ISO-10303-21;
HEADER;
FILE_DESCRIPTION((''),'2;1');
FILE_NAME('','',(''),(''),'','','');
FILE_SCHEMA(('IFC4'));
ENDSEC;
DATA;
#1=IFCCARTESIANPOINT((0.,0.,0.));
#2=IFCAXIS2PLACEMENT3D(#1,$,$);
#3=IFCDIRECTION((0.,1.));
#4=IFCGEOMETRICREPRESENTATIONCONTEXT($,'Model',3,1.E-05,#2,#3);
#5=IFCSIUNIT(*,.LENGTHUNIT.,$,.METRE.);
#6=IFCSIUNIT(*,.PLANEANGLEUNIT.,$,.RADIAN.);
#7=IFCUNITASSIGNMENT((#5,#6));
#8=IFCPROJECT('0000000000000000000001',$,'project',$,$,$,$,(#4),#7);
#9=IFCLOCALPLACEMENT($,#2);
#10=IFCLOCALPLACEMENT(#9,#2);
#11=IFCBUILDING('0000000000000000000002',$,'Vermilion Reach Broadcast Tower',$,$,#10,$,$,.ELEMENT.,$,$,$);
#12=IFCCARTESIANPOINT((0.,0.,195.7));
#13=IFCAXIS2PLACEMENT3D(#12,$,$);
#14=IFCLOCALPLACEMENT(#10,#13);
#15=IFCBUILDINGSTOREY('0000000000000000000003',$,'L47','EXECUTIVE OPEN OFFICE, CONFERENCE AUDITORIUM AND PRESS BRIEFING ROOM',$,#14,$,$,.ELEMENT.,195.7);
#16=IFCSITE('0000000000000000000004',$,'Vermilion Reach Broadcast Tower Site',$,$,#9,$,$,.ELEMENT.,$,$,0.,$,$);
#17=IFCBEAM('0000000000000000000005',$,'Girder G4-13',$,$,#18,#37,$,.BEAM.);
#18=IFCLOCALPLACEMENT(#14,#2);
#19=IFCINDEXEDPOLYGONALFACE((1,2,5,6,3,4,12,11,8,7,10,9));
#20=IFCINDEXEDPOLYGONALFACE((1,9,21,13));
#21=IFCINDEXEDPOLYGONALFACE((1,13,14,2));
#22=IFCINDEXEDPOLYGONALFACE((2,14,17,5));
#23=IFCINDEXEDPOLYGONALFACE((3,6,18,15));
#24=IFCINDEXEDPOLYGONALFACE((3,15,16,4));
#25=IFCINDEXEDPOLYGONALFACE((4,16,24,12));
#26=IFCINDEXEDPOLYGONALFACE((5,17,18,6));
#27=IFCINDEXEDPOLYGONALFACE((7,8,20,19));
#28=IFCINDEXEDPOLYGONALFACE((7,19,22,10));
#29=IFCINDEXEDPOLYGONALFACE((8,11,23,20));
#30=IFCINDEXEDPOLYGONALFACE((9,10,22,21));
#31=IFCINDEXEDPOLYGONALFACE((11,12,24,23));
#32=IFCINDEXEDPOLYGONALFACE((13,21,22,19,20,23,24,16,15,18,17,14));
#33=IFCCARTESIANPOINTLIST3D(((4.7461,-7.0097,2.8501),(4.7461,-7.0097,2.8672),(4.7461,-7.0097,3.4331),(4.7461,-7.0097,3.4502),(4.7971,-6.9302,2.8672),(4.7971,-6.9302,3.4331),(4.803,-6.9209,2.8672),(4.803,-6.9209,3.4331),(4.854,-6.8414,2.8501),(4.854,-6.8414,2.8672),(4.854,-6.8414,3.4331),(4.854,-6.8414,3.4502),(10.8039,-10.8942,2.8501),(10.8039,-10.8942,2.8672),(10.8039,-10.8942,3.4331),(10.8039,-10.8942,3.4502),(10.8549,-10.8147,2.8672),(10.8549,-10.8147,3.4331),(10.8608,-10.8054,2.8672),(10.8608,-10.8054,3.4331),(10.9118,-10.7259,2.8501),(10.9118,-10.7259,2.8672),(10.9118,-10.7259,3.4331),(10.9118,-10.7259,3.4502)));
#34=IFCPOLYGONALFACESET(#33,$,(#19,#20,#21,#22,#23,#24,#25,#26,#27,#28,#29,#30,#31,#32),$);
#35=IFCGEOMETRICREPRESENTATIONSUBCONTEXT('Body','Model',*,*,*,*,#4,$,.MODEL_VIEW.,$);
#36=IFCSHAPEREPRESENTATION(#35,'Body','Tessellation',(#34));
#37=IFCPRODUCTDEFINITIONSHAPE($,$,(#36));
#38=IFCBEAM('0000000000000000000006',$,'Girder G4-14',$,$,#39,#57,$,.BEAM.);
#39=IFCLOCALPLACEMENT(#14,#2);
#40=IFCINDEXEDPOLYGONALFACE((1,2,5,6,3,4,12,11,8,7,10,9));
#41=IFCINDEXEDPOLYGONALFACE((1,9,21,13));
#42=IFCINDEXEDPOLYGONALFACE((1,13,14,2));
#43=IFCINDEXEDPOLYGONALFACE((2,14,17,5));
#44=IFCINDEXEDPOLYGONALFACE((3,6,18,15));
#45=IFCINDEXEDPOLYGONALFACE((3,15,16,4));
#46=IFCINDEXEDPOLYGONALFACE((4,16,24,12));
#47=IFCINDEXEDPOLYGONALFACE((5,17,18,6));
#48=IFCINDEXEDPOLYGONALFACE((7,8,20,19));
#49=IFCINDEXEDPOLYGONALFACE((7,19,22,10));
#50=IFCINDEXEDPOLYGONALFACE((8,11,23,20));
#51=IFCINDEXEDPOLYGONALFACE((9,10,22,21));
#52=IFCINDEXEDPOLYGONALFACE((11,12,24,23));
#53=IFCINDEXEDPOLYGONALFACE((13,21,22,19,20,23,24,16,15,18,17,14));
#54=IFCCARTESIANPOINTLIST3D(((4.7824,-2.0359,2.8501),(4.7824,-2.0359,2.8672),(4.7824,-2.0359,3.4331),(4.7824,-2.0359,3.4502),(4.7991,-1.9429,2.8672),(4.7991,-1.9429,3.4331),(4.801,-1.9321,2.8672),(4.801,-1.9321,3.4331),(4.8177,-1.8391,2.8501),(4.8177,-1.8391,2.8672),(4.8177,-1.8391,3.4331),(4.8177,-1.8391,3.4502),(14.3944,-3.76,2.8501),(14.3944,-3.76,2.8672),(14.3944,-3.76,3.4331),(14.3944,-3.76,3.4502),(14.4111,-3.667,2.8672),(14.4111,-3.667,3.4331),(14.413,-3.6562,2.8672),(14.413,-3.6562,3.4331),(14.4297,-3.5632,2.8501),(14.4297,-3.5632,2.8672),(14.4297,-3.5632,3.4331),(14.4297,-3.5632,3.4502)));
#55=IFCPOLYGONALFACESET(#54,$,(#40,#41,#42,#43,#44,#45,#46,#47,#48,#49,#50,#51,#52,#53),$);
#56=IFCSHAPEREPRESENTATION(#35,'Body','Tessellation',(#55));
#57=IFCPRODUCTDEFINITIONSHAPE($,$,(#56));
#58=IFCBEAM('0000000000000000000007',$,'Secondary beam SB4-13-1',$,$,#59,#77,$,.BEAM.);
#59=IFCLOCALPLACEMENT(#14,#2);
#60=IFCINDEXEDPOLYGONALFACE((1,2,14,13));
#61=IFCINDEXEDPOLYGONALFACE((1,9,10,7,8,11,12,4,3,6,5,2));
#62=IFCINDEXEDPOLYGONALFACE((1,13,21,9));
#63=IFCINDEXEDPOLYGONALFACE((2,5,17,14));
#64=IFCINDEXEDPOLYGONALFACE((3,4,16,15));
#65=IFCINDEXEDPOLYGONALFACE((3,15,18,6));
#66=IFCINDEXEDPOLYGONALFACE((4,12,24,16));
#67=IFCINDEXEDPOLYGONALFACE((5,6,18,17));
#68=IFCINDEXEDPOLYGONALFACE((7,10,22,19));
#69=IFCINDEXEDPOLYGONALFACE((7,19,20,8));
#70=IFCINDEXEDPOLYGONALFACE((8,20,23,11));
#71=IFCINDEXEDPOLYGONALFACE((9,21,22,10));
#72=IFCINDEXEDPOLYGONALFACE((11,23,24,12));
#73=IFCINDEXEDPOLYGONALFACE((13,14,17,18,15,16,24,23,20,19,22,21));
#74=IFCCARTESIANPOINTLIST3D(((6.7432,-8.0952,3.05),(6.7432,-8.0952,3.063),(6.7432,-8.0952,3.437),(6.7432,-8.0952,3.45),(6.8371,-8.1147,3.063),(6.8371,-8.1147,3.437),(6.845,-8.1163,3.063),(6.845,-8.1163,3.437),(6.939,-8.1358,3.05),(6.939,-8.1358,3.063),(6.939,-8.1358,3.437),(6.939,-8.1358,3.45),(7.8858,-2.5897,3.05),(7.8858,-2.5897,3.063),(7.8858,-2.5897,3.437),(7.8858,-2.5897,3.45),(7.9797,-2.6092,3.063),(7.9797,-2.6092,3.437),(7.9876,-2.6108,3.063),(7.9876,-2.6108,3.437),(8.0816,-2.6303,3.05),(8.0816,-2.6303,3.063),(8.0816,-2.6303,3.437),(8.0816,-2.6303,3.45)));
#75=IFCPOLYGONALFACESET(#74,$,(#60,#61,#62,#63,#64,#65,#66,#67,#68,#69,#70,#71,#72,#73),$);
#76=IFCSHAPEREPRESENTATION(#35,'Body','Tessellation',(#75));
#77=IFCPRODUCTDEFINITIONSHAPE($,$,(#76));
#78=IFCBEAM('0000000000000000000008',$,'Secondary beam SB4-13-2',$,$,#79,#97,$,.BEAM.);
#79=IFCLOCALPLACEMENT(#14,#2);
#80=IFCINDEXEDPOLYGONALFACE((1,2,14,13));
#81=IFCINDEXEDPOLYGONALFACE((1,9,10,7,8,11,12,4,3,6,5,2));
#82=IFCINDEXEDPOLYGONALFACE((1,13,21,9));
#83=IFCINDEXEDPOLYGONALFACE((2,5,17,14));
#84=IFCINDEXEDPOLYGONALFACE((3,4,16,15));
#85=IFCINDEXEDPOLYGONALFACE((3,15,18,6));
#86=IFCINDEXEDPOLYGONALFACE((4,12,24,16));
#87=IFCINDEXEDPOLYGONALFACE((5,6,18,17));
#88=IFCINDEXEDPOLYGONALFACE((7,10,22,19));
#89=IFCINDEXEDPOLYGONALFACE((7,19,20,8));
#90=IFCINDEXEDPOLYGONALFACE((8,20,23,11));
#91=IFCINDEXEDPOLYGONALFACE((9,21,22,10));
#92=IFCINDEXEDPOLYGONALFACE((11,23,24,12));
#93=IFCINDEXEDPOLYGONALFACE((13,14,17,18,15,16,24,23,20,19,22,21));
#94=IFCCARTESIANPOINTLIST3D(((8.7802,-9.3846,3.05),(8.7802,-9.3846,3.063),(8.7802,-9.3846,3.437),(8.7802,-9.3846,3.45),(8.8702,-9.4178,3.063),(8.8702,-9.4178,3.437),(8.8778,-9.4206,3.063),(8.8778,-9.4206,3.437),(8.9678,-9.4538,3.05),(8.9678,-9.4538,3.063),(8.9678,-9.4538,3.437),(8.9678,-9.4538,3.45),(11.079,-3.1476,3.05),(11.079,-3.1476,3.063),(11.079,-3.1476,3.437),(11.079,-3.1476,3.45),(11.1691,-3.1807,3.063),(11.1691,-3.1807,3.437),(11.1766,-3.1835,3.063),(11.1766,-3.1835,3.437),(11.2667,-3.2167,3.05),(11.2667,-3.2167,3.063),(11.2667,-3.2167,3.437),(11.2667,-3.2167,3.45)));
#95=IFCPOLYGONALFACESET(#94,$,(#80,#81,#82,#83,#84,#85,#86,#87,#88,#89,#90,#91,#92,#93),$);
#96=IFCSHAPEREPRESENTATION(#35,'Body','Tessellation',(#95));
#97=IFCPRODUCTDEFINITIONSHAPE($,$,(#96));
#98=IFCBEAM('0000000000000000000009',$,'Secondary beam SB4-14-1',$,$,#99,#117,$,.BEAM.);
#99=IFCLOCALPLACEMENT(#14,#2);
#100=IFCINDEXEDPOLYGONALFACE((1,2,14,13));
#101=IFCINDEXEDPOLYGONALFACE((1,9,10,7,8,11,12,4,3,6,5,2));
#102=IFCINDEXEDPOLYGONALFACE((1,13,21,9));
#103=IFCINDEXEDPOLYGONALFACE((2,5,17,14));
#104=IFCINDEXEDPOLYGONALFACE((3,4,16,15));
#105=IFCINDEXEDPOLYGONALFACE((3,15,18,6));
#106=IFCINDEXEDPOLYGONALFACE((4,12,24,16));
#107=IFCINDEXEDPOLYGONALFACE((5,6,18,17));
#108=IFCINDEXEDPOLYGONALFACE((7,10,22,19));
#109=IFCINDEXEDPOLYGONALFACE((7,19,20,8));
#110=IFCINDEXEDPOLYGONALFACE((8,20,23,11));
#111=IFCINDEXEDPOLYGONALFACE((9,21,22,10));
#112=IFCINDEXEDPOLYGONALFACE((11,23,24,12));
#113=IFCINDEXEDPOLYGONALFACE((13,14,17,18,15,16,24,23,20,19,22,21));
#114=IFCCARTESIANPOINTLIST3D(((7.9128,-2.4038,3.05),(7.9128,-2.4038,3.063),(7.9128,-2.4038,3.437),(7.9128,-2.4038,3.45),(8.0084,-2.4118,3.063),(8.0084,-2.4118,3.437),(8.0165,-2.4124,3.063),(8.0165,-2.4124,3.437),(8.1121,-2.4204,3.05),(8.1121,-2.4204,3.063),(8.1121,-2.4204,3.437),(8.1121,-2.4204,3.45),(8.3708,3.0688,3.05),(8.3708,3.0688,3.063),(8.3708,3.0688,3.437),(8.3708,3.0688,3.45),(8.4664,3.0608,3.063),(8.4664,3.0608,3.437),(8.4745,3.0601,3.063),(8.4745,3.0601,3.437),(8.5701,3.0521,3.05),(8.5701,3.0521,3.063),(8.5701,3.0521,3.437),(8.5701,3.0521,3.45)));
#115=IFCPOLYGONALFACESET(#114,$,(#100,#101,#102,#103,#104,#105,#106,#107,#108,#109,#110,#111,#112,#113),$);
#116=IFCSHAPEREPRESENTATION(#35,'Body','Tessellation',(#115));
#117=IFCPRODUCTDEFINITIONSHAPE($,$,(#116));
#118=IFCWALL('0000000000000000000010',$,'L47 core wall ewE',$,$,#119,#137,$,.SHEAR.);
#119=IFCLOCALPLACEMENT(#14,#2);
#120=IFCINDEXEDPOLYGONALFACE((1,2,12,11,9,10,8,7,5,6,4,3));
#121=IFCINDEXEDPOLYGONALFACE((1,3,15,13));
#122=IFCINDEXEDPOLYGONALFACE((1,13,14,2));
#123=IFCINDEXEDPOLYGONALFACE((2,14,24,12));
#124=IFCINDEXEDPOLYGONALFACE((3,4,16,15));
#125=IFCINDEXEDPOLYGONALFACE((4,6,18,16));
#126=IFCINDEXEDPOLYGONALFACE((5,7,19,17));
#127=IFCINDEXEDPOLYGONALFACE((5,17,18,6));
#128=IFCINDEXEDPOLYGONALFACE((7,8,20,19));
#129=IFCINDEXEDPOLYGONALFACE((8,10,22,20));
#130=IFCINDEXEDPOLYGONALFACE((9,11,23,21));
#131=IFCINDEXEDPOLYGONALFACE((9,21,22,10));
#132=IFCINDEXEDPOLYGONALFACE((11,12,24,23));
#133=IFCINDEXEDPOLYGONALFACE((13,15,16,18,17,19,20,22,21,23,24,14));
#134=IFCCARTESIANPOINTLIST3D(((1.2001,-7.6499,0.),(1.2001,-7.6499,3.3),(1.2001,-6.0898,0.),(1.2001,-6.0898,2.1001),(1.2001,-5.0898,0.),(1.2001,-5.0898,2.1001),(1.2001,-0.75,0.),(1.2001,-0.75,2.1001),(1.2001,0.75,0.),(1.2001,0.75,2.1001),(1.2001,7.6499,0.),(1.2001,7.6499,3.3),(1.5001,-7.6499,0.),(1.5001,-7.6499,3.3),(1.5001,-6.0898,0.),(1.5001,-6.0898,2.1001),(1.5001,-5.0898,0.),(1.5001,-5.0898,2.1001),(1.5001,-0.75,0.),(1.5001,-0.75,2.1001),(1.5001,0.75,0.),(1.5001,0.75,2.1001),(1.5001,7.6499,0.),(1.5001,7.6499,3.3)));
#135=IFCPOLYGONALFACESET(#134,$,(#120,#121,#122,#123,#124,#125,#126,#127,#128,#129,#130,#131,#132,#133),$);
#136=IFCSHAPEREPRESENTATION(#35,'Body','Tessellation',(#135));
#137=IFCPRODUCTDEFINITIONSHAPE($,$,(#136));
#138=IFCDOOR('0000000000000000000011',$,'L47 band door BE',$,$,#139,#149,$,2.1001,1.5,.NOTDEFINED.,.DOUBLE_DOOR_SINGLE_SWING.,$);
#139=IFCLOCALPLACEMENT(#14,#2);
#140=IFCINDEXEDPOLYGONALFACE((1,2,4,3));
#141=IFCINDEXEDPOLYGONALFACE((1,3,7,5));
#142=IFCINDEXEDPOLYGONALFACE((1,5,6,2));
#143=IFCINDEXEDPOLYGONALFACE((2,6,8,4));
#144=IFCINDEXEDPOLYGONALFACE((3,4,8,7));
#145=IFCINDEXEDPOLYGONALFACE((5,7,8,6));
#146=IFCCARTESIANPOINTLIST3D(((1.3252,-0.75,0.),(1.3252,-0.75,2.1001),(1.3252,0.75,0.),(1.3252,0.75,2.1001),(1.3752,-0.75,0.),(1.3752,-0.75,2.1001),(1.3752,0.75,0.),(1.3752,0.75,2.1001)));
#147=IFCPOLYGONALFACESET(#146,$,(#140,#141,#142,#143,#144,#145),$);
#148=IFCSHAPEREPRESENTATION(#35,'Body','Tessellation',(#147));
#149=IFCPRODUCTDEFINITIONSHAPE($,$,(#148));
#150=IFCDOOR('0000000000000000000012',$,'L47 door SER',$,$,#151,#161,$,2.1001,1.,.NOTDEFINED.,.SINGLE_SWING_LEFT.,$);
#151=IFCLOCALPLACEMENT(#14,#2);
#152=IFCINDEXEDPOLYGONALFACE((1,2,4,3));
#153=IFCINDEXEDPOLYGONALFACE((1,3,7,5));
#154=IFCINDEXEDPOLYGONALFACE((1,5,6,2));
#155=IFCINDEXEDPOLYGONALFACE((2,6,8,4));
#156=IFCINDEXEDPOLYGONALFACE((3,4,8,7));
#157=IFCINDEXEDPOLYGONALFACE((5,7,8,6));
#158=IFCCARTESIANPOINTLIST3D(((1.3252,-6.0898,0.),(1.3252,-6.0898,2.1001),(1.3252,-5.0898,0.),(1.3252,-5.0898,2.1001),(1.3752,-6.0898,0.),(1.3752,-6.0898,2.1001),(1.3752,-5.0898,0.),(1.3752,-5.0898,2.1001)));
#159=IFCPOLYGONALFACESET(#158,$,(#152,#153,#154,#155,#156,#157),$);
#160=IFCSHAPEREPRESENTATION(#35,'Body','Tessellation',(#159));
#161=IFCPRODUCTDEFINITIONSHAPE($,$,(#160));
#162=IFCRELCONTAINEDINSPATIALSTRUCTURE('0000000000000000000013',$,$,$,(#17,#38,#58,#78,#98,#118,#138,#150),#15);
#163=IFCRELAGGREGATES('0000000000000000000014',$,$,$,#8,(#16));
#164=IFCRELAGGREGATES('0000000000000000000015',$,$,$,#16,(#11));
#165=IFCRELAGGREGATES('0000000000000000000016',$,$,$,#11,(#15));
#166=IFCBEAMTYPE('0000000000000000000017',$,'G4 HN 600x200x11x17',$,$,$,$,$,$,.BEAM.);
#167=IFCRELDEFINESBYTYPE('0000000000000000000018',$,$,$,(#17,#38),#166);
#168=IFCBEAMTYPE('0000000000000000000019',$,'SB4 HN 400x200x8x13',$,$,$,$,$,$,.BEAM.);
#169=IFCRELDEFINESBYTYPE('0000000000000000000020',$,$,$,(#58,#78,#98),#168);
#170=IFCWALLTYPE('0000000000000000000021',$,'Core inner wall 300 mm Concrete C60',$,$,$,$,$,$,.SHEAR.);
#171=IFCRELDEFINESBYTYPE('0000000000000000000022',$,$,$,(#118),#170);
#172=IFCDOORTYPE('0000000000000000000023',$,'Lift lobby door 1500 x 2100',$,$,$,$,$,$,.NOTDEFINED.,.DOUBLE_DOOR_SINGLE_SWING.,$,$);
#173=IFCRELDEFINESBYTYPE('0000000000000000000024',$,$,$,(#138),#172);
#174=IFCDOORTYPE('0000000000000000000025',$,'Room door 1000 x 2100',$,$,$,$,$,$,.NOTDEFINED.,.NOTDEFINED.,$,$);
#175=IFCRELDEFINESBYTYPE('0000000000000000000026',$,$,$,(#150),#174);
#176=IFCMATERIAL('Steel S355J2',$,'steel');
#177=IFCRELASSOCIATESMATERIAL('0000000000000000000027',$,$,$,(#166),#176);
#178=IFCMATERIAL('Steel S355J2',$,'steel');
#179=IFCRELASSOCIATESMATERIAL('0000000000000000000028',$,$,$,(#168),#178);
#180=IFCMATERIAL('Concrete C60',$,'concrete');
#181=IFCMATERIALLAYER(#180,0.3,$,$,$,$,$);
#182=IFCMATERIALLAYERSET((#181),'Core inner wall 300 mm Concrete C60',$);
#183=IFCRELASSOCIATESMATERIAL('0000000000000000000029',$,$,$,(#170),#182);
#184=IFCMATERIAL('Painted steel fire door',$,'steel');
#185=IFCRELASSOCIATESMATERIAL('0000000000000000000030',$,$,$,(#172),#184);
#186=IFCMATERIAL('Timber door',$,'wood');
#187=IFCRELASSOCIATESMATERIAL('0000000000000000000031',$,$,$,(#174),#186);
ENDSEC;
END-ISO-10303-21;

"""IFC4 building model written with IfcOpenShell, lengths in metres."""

from ifc_helpers import new_model, si_unit, direction, frame, frame_2d, origin, origin_2d, place, context, subcontext, project, spatial, rectangle, i_section, extrude, material, layer, layer_set, material_profile, profile_set, type_object, element, fill, save


model = new_model("IFC4")

# Units and contexts
model_context = context("Model", 3, precision=1e-05, world=origin(), true_north=direction((0.0, 1.0)))
body_context = subcontext(model_context, "Body", "Model", "MODEL_VIEW")
ifc_project = project(units=[si_unit("LENGTHUNIT", "METRE"), si_unit("PLANEANGLEUNIT", "RADIAN")], contexts=[model_context])

# Site, building, storey
site_placement = place(None, origin())
site = spatial("IfcSite", under=ifc_project, at=site_placement, Name="Vermilion Reach Broadcast Tower Site", CompositionType="ELEMENT", RefElevation=0.0)
building_placement = place(site_placement, origin())
building = spatial("IfcBuilding", under=site, at=building_placement, Name="Vermilion Reach Broadcast Tower", CompositionType="ELEMENT")
storey_placement = place(building_placement, frame((0.0, 0.0, 195.7)))
storey = spatial("IfcBuildingStorey", under=building, at=storey_placement, Name="L47", Description="EXECUTIVE OPEN OFFICE, CONFERENCE AUDITORIUM AND PRESS BRIEFING ROOM", CompositionType="ELEMENT", Elevation=195.7)

# Beams
ifc_material_1 = material(Name="Steel S355J2", Category="steel")
ifc_material_profile_1 = material_profile(ifc_material_1, i_section(OverallWidth=0.2, OverallDepth=0.6001, WebThickness=0.011, FlangeThickness=0.0171, at=origin_2d()), Name="S355J2 HN 600x200x11x17")
ifc_profile_set_1 = profile_set([ifc_material_profile_1], Name="Steel S355J2")
beam_type_1 = type_object("IfcBeamType", Name="G4 HN 600x200x11x17", PredefinedType="BEAM", material=ifc_profile_set_1)
beam_1_placement = place(storey_placement, frame((4.8, -6.9255, 3.1501), z_axis=(0.841799, -0.539792, 0.0), x_axis=(0.539792, 0.841799, 0.0)))
element("IfcBeam", 1, at=beam_1_placement, inside=storey, type_object=beam_type_1, Name="Girder G4-13", PredefinedType="BEAM", context=body_context, shape_type="SweptSolid", body=[
    extrude(i_section(OverallWidth=0.2, OverallDepth=0.6001, WebThickness=0.011, FlangeThickness=0.0171, at=origin_2d()), origin(), (0.0, 0.0, 1.0), 7.1963),
])
beam_2_placement = place(storey_placement, frame((4.8, -1.9375, 3.1501), z_axis=(0.984291, -0.176553, 0.0), x_axis=(0.176553, 0.984291, 0.0)))
element("IfcBeam", 2, at=beam_2_placement, inside=storey, type_object=beam_type_1, Name="Girder G4-14", PredefinedType="BEAM", context=body_context, shape_type="SweptSolid", body=[
    extrude(i_section(OverallWidth=0.2, OverallDepth=0.6001, WebThickness=0.011, FlangeThickness=0.0171, at=origin_2d()), origin(), (0.0, 0.0, 1.0), 9.7654),
])
ifc_material_2 = material(Name="Steel S355J2", Category="steel")
ifc_material_profile_2 = material_profile(ifc_material_2, i_section(OverallWidth=0.2, OverallDepth=0.3999, WebThickness=0.0081, FlangeThickness=0.0129, at=origin_2d()), Name="S355J2 HN 400x200x8x13")
ifc_profile_set_2 = profile_set([ifc_material_profile_2], Name="Steel S355J2")
beam_type_2 = type_object("IfcBeamType", Name="SB4 HN 400x200x8x13", PredefinedType="BEAM", material=ifc_profile_set_2)
beam_3_placement = place(storey_placement, frame((6.8411, -8.1155, 3.25), z_axis=(0.203209, 0.979135, 0.0), x_axis=(-0.979135, 0.203209, 0.0)))
element("IfcBeam", 3, at=beam_3_placement, inside=storey, type_object=beam_type_2, Name="Secondary beam SB4-13-1", PredefinedType="BEAM", context=body_context, shape_type="SweptSolid", body=[
    extrude(i_section(OverallWidth=0.2, OverallDepth=0.3999, WebThickness=0.0081, FlangeThickness=0.0129, at=origin_2d()), origin(), (0.0, 0.0, 1.0), 5.6228),
])
beam_4_placement = place(storey_placement, frame((8.874, -9.4192, 3.25), z_axis=(0.345833, 0.938296, 0.0), x_axis=(-0.938296, 0.345833, 0.0)))
element("IfcBeam", 4, at=beam_4_placement, inside=storey, type_object=beam_type_2, Name="Secondary beam SB4-13-2", PredefinedType="BEAM", context=body_context, shape_type="SweptSolid", body=[
    extrude(i_section(OverallWidth=0.2, OverallDepth=0.3999, WebThickness=0.0081, FlangeThickness=0.0129, at=origin_2d()), origin(), (0.0, 0.0, 1.0), 6.6472),
])
beam_5_placement = place(storey_placement, frame((8.0125, -2.4121, 3.25), z_axis=(0.083399, 0.996516, 0.0), x_axis=(-0.996516, 0.083399, 0.0)))
element("IfcBeam", 5, at=beam_5_placement, inside=storey, type_object=beam_type_2, Name="Secondary beam SB4-14-1", PredefinedType="BEAM", context=body_context, shape_type="SweptSolid", body=[
    extrude(i_section(OverallWidth=0.2, OverallDepth=0.3999, WebThickness=0.0081, FlangeThickness=0.0129, at=origin_2d()), origin(), (0.0, 0.0, 1.0), 5.4917),
])

# Wall, openings, doors
ifc_material_3 = material(Name="Concrete C60", Category="concrete")
ifc_layer_1 = layer(ifc_material_3, 0.3)
ifc_layer_set_1 = layer_set([ifc_layer_1], Name="Core inner wall 300 mm Concrete C60")
wall_type_1 = type_object("IfcWallType", Name="Core inner wall 300 mm Concrete C60", PredefinedType="SHEAR", material=ifc_layer_set_1)
wall_1_placement = place(storey_placement, frame((1.3501, -7.6499, 0.0), z_axis=(0.0, 0.0, 1.0), x_axis=(0.0, 1.0, 0.0)))
wall_1 = element("IfcWall", 6, at=wall_1_placement, inside=storey, type_object=wall_type_1, Name="L47 core wall ewE", PredefinedType="SHEAR", context=body_context, shape_type="SweptSolid", body=[
    extrude(rectangle(XDim=15.2998, YDim=0.3, at=frame_2d((7.6499, 0.0))), origin(), (0.0, 0.0, 1.0), 3.3),
])
opening_1_placement = place(wall_1_placement, frame((1.5601, 0.0, 0.0)))
opening_1 = element("IfcOpeningElement", 7, at=opening_1_placement, cuts=wall_1, PredefinedType="OPENING", context=body_context, shape_type="SweptSolid", body=[
    extrude(rectangle(XDim=1.0, YDim=2.1001, at=frame_2d((0.5, 1.05))), frame((0.0, 0.1599, 0.0), z_axis=(0.0, -1.0, 0.0), x_axis=(1.0, 0.0, 0.0)), (0.0, 0.0, 1.0), 0.3201),
])
opening_2_placement = place(wall_1_placement, frame((6.8999, 0.0, 0.0)))
opening_2 = element("IfcOpeningElement", 8, at=opening_2_placement, cuts=wall_1, PredefinedType="OPENING", context=body_context, shape_type="SweptSolid", body=[
    extrude(rectangle(XDim=1.5, YDim=2.1001, at=frame_2d((0.75, 1.05))), frame((0.0, 0.1599, 0.0), z_axis=(0.0, -1.0, 0.0), x_axis=(1.0, 0.0, 0.0)), (0.0, 0.0, 1.0), 0.3201),
])
ifc_material_4 = material(Name="Painted steel fire door", Category="steel")
door_type_1 = type_object("IfcDoorType", Name="Lift lobby door 1500 x 2100", OperationType="DOUBLE_DOOR_SINGLE_SWING", PredefinedType="NOTDEFINED", material=ifc_material_4)
door_1_placement = place(opening_2_placement, origin())
door_1 = element("IfcDoor", 9, at=door_1_placement, inside=storey, type_object=door_type_1, Name="L47 band door BE", OperationType="DOUBLE_DOOR_SINGLE_SWING", OverallHeight=2.1001, OverallWidth=1.5, PredefinedType="NOTDEFINED", context=body_context, shape_type="SweptSolid", body=[
    extrude(rectangle(XDim=1.5, YDim=2.1001, at=frame_2d((0.75, 1.05))), frame((0.0, 0.0249, 0.0), z_axis=(0.0, -1.0, 0.0), x_axis=(1.0, 0.0, 0.0)), (0.0, 0.0, 1.0), 0.05),
])
fill(opening_2, door_1)
ifc_material_5 = material(Name="Timber door", Category="wood")
door_type_2 = type_object("IfcDoorType", Name="Room door 1000 x 2100", OperationType="NOTDEFINED", PredefinedType="NOTDEFINED", material=ifc_material_5)
door_2_placement = place(opening_1_placement, origin())
door_2 = element("IfcDoor", 10, at=door_2_placement, inside=storey, type_object=door_type_2, Name="L47 door SER", OperationType="SINGLE_SWING_LEFT", OverallHeight=2.1001, OverallWidth=1.0, PredefinedType="NOTDEFINED", context=body_context, shape_type="SweptSolid", body=[
    extrude(rectangle(XDim=1.0, YDim=2.1001, at=frame_2d((0.5, 1.05))), frame((0.0, 0.0249, 0.0), z_axis=(0.0, -1.0, 0.0), x_axis=(1.0, 0.0, 0.0)), (0.0, 0.0, 1.0), 0.05),
])
fill(opening_1, door_2)

save(model, "model.ifc")
